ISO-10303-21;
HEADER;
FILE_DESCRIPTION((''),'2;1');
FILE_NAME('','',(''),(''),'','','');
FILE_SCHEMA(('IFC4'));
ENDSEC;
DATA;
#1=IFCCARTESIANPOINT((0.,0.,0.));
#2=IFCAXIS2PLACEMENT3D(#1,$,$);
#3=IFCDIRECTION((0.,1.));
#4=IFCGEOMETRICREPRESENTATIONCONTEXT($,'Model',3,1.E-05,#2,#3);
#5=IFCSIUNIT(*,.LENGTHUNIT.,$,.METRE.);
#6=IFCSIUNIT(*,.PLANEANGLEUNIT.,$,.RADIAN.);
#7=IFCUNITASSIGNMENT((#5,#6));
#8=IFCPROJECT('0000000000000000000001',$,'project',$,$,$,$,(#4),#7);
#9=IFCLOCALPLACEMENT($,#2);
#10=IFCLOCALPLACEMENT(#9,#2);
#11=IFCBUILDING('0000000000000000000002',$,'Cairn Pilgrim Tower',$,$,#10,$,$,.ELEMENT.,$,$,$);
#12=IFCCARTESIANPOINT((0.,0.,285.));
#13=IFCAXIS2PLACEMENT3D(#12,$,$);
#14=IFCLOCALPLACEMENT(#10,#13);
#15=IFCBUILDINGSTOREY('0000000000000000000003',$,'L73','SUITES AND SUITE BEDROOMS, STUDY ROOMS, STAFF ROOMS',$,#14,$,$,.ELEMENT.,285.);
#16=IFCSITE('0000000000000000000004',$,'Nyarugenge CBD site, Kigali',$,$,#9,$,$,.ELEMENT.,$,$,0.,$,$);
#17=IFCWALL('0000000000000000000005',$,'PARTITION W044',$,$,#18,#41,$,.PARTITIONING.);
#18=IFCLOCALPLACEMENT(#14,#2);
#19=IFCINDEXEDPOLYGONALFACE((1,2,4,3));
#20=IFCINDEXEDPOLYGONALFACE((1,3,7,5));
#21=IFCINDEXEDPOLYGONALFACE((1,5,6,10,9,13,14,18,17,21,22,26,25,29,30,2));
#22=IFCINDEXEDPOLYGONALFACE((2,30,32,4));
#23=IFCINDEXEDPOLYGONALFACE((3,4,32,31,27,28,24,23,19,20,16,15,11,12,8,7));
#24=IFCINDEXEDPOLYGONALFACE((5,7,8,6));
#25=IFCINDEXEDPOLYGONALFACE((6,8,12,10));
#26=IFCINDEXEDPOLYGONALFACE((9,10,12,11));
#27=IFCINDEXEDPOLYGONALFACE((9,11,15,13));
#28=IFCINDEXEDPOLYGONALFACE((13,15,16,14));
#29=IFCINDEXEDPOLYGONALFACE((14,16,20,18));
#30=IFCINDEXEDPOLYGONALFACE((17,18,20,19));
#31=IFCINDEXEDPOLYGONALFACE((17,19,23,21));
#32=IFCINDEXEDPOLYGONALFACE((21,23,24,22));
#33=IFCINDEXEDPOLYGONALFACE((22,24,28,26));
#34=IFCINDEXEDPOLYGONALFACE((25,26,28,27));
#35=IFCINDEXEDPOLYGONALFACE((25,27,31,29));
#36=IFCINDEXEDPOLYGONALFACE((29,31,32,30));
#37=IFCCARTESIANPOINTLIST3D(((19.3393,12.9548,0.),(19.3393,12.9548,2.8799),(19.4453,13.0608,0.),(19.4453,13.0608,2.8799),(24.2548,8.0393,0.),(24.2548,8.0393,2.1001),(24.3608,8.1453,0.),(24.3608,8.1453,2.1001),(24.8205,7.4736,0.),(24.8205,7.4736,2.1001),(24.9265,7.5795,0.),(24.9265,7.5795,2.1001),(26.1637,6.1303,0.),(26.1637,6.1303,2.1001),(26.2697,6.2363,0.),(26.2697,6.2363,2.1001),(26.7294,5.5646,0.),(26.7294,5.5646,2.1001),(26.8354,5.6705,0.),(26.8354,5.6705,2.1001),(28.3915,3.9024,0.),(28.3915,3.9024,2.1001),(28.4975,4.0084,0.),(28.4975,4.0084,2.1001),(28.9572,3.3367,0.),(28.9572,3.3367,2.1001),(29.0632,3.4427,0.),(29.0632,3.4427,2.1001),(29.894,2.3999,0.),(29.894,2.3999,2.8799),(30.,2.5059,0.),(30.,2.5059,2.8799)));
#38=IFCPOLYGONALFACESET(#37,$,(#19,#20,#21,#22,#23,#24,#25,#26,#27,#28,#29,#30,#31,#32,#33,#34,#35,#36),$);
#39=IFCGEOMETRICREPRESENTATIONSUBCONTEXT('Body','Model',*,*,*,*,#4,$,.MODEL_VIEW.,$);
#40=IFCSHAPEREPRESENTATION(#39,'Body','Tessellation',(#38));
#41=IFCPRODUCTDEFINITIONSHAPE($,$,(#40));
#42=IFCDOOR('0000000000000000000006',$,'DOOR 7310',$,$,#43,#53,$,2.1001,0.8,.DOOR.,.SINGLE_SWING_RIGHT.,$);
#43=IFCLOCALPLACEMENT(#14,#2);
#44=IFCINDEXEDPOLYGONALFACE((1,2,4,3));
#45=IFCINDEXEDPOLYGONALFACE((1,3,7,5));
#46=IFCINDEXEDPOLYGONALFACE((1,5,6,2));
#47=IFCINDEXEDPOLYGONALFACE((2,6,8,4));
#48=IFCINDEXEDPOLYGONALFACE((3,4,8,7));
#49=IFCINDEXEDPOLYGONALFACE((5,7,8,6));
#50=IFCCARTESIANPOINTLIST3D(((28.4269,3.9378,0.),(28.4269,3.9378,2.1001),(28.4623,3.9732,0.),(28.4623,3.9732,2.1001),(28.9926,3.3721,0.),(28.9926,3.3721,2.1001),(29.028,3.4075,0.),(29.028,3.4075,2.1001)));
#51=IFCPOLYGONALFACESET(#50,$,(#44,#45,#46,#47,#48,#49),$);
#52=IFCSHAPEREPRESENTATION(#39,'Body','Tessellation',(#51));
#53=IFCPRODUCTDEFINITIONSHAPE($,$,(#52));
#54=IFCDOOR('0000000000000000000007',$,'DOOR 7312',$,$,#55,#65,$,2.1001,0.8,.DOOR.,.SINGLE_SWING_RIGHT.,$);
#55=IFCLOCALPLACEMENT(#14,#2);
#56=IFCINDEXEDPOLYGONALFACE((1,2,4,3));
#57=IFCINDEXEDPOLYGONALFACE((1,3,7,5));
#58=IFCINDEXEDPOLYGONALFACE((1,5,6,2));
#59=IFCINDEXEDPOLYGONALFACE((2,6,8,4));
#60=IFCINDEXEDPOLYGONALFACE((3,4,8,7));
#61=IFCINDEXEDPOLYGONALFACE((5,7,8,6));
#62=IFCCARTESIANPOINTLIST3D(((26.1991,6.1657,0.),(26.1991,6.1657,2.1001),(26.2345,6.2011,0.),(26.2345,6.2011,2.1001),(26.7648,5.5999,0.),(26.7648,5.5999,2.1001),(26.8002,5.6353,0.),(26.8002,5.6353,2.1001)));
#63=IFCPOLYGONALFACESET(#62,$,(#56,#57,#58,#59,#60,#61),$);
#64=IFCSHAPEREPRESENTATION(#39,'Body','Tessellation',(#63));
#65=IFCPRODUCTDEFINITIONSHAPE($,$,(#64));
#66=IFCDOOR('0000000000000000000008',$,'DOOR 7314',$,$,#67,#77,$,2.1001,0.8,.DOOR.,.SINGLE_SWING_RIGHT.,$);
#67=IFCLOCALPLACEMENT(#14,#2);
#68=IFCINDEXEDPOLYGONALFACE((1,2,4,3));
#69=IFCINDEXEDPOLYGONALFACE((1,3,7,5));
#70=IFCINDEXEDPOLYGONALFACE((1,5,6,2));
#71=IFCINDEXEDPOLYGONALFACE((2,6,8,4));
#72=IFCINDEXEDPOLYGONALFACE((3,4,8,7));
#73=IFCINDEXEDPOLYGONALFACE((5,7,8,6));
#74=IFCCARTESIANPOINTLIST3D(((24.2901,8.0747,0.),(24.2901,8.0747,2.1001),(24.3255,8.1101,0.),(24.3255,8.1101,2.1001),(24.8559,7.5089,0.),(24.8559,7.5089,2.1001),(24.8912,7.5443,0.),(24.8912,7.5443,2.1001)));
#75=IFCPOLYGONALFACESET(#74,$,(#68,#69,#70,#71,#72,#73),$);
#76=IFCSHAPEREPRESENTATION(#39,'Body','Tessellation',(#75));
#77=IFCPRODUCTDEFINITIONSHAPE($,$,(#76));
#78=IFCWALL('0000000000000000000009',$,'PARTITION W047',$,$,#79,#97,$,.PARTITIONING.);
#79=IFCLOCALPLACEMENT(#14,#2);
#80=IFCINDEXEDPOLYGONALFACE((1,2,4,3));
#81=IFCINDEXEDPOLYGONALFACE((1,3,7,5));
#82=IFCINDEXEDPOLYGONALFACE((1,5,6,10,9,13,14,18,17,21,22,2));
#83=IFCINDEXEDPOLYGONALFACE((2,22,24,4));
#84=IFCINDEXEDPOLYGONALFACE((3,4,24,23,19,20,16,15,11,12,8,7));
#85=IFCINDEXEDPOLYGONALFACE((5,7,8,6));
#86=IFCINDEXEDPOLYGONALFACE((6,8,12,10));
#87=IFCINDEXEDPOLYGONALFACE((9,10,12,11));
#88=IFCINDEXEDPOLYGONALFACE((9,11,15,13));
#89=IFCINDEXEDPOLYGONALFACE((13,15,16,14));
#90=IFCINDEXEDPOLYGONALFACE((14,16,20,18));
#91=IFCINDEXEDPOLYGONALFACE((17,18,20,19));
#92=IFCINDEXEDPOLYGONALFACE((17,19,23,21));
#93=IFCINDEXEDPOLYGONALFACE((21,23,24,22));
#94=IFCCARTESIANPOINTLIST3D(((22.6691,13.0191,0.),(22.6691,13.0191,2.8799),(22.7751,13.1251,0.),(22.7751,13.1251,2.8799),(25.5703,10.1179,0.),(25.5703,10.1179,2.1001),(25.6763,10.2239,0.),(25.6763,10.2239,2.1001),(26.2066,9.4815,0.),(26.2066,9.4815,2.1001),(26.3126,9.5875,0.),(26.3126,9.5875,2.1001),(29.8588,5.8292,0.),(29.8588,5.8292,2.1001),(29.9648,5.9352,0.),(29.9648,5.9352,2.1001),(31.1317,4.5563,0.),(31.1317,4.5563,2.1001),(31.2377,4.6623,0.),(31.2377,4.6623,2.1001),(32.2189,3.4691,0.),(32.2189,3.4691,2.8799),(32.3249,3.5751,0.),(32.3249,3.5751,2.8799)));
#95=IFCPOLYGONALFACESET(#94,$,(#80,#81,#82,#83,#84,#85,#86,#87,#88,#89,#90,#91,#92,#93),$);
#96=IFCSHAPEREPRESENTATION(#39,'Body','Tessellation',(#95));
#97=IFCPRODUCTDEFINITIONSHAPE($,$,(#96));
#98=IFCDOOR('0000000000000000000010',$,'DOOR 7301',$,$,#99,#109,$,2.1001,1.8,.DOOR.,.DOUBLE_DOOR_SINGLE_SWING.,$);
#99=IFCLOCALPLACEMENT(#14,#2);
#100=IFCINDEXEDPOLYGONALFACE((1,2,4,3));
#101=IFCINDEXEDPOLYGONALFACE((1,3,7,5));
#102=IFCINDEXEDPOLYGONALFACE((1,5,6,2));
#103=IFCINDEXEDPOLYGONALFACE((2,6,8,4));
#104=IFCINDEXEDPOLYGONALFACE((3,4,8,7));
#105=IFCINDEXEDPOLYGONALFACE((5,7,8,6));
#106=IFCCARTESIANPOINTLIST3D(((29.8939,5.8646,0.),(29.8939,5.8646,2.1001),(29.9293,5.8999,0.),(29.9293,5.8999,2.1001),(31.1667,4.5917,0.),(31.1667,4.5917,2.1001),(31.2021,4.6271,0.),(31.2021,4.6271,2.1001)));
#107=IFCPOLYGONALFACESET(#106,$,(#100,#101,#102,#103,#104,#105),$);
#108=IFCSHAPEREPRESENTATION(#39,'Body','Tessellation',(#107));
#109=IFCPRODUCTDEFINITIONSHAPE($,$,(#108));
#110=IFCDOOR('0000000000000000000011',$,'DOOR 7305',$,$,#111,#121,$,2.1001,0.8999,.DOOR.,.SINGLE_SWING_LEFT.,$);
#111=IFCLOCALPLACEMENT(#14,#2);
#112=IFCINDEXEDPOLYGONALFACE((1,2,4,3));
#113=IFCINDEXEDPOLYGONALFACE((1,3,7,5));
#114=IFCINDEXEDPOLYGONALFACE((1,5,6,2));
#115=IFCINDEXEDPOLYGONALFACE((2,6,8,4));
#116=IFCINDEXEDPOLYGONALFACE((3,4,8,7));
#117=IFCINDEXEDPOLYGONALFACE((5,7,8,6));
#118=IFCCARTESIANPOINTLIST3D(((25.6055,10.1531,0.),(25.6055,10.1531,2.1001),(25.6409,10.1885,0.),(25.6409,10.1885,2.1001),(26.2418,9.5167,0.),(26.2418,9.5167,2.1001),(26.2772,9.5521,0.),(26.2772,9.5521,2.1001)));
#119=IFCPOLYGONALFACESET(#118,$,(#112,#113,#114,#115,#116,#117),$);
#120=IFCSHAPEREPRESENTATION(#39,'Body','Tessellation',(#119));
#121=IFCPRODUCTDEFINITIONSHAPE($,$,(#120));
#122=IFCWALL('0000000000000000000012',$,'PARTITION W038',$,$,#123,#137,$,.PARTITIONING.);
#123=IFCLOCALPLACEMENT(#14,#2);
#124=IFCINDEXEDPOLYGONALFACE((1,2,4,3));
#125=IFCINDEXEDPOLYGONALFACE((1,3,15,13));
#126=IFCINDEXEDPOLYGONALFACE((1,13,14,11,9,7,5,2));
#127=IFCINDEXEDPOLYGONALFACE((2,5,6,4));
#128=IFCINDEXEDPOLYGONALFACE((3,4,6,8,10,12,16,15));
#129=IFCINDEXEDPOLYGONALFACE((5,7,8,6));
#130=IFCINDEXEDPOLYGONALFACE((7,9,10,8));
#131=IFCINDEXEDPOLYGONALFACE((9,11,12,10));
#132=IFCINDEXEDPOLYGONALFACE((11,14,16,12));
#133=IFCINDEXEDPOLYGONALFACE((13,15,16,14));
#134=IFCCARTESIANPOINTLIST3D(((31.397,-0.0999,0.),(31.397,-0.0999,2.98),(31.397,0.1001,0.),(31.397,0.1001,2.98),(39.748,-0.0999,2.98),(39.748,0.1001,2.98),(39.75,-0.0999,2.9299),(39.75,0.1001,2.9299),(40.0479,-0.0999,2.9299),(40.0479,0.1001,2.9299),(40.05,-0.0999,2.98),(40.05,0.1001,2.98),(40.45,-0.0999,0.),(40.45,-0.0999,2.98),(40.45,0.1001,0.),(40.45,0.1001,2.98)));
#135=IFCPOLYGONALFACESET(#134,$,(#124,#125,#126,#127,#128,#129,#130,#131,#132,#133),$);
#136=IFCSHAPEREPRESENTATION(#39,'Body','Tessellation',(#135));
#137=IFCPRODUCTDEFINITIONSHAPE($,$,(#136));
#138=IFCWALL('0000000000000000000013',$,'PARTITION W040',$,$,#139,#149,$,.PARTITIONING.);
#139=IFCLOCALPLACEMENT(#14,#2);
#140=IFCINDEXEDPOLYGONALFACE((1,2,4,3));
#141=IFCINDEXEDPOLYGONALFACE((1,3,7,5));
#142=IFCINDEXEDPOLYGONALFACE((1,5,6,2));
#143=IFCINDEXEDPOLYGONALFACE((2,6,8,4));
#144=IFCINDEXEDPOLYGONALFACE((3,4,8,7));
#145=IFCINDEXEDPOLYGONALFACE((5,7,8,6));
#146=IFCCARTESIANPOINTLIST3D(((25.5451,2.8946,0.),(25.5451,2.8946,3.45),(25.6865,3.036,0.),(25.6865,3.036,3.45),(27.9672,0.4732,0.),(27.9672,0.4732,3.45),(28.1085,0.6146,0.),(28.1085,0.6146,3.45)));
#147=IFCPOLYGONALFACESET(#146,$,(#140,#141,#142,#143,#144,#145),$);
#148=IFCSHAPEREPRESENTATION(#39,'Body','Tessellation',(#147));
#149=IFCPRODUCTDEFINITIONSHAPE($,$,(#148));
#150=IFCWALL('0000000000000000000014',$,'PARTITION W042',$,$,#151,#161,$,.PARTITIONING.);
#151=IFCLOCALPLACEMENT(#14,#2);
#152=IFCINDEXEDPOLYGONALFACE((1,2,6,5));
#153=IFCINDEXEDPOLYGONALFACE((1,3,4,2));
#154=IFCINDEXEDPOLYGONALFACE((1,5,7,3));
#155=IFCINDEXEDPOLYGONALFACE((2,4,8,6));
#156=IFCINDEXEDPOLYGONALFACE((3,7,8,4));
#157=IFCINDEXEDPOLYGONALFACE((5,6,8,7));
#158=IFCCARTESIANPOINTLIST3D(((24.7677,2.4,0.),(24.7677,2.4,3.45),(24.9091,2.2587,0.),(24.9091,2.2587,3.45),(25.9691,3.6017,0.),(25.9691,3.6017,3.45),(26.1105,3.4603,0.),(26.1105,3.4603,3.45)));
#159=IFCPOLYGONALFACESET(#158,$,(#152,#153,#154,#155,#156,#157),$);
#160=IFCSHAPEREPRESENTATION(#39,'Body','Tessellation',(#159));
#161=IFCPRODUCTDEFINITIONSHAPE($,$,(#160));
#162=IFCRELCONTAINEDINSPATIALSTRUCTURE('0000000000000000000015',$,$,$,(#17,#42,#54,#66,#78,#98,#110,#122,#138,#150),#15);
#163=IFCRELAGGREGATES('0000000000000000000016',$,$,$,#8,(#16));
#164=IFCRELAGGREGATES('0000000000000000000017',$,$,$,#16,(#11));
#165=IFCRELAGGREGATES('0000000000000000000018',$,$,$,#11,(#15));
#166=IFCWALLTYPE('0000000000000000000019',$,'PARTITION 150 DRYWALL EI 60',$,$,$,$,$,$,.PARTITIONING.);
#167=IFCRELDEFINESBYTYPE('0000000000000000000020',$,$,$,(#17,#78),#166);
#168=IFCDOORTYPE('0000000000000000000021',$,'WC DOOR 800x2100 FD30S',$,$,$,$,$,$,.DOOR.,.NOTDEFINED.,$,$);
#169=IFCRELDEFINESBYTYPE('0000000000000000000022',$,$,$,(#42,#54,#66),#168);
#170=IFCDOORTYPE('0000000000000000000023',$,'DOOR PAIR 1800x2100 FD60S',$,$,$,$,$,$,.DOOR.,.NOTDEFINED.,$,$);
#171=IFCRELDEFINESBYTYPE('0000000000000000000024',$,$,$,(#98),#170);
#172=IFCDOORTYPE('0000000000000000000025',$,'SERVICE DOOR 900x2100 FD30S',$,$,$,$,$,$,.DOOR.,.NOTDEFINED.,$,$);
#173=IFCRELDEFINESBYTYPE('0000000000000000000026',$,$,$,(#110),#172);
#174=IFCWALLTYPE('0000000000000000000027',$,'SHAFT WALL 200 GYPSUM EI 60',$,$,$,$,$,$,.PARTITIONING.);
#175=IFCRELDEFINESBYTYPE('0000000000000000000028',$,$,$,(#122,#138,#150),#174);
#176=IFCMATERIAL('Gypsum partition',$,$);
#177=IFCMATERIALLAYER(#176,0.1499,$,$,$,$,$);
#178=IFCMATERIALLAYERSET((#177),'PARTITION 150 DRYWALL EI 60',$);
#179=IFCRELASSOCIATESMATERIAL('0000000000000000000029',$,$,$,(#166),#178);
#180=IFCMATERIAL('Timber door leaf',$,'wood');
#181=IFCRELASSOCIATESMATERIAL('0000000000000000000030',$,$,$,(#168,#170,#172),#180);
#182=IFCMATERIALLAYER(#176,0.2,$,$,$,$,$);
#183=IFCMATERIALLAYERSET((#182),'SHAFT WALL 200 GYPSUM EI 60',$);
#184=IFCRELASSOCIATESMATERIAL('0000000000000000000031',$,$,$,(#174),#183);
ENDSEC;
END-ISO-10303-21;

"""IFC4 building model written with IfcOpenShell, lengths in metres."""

from ifc_helpers import new_model, si_unit, direction, frame, frame_2d, origin, place, context, subcontext, project, spatial, polyline, rectangle, outline, extrude, material, layer, layer_set, type_object, element, fill, save


model = new_model("IFC4")

# Units and contexts
model_context = context("Model", 3, precision=1e-05, world=origin(), true_north=direction((0.0, 1.0)))
body_context = subcontext(model_context, "Body", "Model", "MODEL_VIEW")
ifc_project = project(units=[si_unit("LENGTHUNIT", "METRE"), si_unit("PLANEANGLEUNIT", "RADIAN")], contexts=[model_context])

# Site, building, storey
site_placement = place(None, origin())
site = spatial("IfcSite", under=ifc_project, at=site_placement, Name="Nyarugenge CBD site, Kigali", CompositionType="ELEMENT", RefElevation=0.0)
building_placement = place(site_placement, origin())
building = spatial("IfcBuilding", under=site, at=building_placement, Name="Cairn Pilgrim Tower", CompositionType="ELEMENT")
storey_placement = place(building_placement, frame((0.0, 0.0, 285.0)))
storey = spatial("IfcBuildingStorey", under=building, at=storey_placement, Name="L73", Description="SUITES AND SUITE BEDROOMS, STUDY ROOMS, STAFF ROOMS", CompositionType="ELEMENT", Elevation=285.0)

# Shared definitions
ifc_material_1 = material(Name="Gypsum partition")
ifc_layer_1 = layer(ifc_material_1, 0.1499)
ifc_layer_set_1 = layer_set([ifc_layer_1], Name="PARTITION 150 DRYWALL EI 60")
wall_type_1 = type_object("IfcWallType", Name="PARTITION 150 DRYWALL EI 60", PredefinedType="PARTITIONING", material=ifc_layer_set_1)

# Walls, openings, doors
wall_1_placement = place(storey_placement, frame((29.947, 2.4529, 0.0), z_axis=(0.0, 0.0, 1.0), x_axis=(-0.707099, 0.707115, 0.0)))
wall_1 = element("IfcWall", 1, at=wall_1_placement, inside=storey, type_object=wall_type_1, Name="PARTITION W044", PredefinedType="PARTITIONING", context=body_context, shape_type="SweptSolid", body=[
    extrude(rectangle(XDim=14.9268, YDim=0.1499, at=frame_2d((7.4634, 0.0))), origin(), (0.0, 0.0, 1.0), 2.8799),
])
opening_1_placement = place(wall_1_placement, frame((1.325, 0.0, 0.0)))
opening_1 = element("IfcOpeningElement", 2, at=opening_1_placement, cuts=wall_1, PredefinedType="OPENING", context=body_context, shape_type="SweptSolid", body=[
    extrude(rectangle(XDim=0.8, YDim=2.1001, at=frame_2d((0.3999, 1.05))), frame((0.0, 0.085, 0.0), z_axis=(0.0, -1.0, 0.0), x_axis=(1.0, 0.0, 0.0)), (0.0, 0.0, 1.0), 0.1699),
])
opening_2_placement = place(wall_1_placement, frame((4.4756, 0.0, 0.0)))
opening_2 = element("IfcOpeningElement", 3, at=opening_2_placement, cuts=wall_1, PredefinedType="OPENING", context=body_context, shape_type="SweptSolid", body=[
    extrude(rectangle(XDim=0.8, YDim=2.1001, at=frame_2d((0.3999, 1.05))), frame((0.0, 0.085, 0.0), z_axis=(0.0, -1.0, 0.0), x_axis=(1.0, 0.0, 0.0)), (0.0, 0.0, 1.0), 0.1699),
])
opening_3_placement = place(wall_1_placement, frame((7.1753, 0.0, 0.0)))
opening_3 = element("IfcOpeningElement", 4, at=opening_3_placement, cuts=wall_1, PredefinedType="OPENING", context=body_context, shape_type="SweptSolid", body=[
    extrude(rectangle(XDim=0.8, YDim=2.1001, at=frame_2d((0.3999, 1.05))), frame((0.0, 0.085, 0.0), z_axis=(0.0, -1.0, 0.0), x_axis=(1.0, 0.0, 0.0)), (0.0, 0.0, 1.0), 0.1699),
])
ifc_material_2 = material(Name="Timber door leaf", Category="wood")
door_type_1 = type_object("IfcDoorType", Name="WC DOOR 800x2100 FD30S", OperationType="NOTDEFINED", PredefinedType="DOOR", material=ifc_material_2)
door_1_placement = place(opening_1_placement, origin())
door_1 = element("IfcDoor", 5, at=door_1_placement, inside=storey, type_object=door_type_1, Name="DOOR 7310", OperationType="SINGLE_SWING_RIGHT", OverallHeight=2.1001, OverallWidth=0.8, PredefinedType="DOOR", context=body_context, shape_type="SweptSolid", body=[
    extrude(rectangle(XDim=0.8, YDim=2.1001, at=frame_2d((0.3999, 1.05))), frame((0.0, 0.0249, 0.0), z_axis=(0.0, -1.0, 0.0), x_axis=(1.0, 0.0, 0.0)), (0.0, 0.0, 1.0), 0.05),
])
fill(opening_1, door_1)
door_2_placement = place(opening_2_placement, origin())
door_2 = element("IfcDoor", 6, at=door_2_placement, inside=storey, type_object=door_type_1, Name="DOOR 7312", OperationType="SINGLE_SWING_RIGHT", OverallHeight=2.1001, OverallWidth=0.8, PredefinedType="DOOR", context=body_context, shape_type="SweptSolid", body=[
    extrude(rectangle(XDim=0.8, YDim=2.1001, at=frame_2d((0.3999, 1.05))), frame((0.0, 0.0249, 0.0), z_axis=(0.0, -1.0, 0.0), x_axis=(1.0, 0.0, 0.0)), (0.0, 0.0, 1.0), 0.05),
])
fill(opening_2, door_2)
door_3_placement = place(opening_3_placement, origin())
door_3 = element("IfcDoor", 7, at=door_3_placement, inside=storey, type_object=door_type_1, Name="DOOR 7314", OperationType="SINGLE_SWING_RIGHT", OverallHeight=2.1001, OverallWidth=0.8, PredefinedType="DOOR", context=body_context, shape_type="SweptSolid", body=[
    extrude(rectangle(XDim=0.8, YDim=2.1001, at=frame_2d((0.3999, 1.05))), frame((0.0, 0.0249, 0.0), z_axis=(0.0, -1.0, 0.0), x_axis=(1.0, 0.0, 0.0)), (0.0, 0.0, 1.0), 0.05),
])
fill(opening_3, door_3)
wall_2_placement = place(storey_placement, frame((32.272, 3.522, 0.0), z_axis=(0.0, 0.0, 1.0), x_axis=(-0.707098, 0.707116, 0.0)))
wall_2 = element("IfcWall", 8, at=wall_2_placement, inside=storey, type_object=wall_type_1, Name="PARTITION W047", PredefinedType="PARTITIONING", context=body_context, shape_type="SweptSolid", body=[
    extrude(rectangle(XDim=13.5056, YDim=0.1499, at=frame_2d((6.7529, 0.0))), origin(), (0.0, 0.0, 1.0), 2.8799),
])
opening_4_placement = place(wall_2_placement, frame((1.5378, 0.0, 0.0)))
opening_4 = element("IfcOpeningElement", 9, at=opening_4_placement, cuts=wall_2, PredefinedType="OPENING", context=body_context, shape_type="SweptSolid", body=[
    extrude(rectangle(XDim=1.8, YDim=2.1001, at=frame_2d((0.8999, 1.05))), frame((0.0, 0.085, 0.0), z_axis=(0.0, -1.0, 0.0), x_axis=(1.0, 0.0, 0.0)), (0.0, 0.0, 1.0), 0.1699),
])
opening_5_placement = place(wall_2_placement, frame((8.5029, 0.0, 0.0)))
opening_5 = element("IfcOpeningElement", 10, at=opening_5_placement, cuts=wall_2, PredefinedType="OPENING", context=body_context, shape_type="SweptSolid", body=[
    extrude(rectangle(XDim=0.8999, YDim=2.1001, at=frame_2d((0.45, 1.05))), frame((0.0, 0.085, 0.0), z_axis=(0.0, -1.0, 0.0), x_axis=(1.0, 0.0, 0.0)), (0.0, 0.0, 1.0), 0.1699),
])
door_type_2 = type_object("IfcDoorType", Name="DOOR PAIR 1800x2100 FD60S", OperationType="NOTDEFINED", PredefinedType="DOOR", material=ifc_material_2)
door_4_placement = place(opening_4_placement, frame((1.8, 0.0, 0.0), z_axis=(0.0, 0.0, 1.0), x_axis=(-1.0, 0.0, 0.0)))
door_4 = element("IfcDoor", 11, at=door_4_placement, inside=storey, type_object=door_type_2, Name="DOOR 7301", OperationType="DOUBLE_DOOR_SINGLE_SWING", OverallHeight=2.1001, OverallWidth=1.8, PredefinedType="DOOR", context=body_context, shape_type="SweptSolid", body=[
    extrude(rectangle(XDim=1.8, YDim=2.1001, at=frame_2d((0.8999, 1.05))), frame((0.0, 0.0249, 0.0), z_axis=(0.0, -1.0, 0.0), x_axis=(1.0, 0.0, 0.0)), (0.0, 0.0, 1.0), 0.05),
])
fill(opening_4, door_4)
door_type_3 = type_object("IfcDoorType", Name="SERVICE DOOR 900x2100 FD30S", OperationType="NOTDEFINED", PredefinedType="DOOR", material=ifc_material_2)
door_5_placement = place(opening_5_placement, frame((0.8999, 0.0, 0.0), z_axis=(0.0, 0.0, 1.0), x_axis=(-1.0, 0.0, 0.0)))
door_5 = element("IfcDoor", 12, at=door_5_placement, inside=storey, type_object=door_type_3, Name="DOOR 7305", OperationType="SINGLE_SWING_LEFT", OverallHeight=2.1001, OverallWidth=0.8999, PredefinedType="DOOR", context=body_context, shape_type="SweptSolid", body=[
    extrude(rectangle(XDim=0.8999, YDim=2.1001, at=frame_2d((0.45, 1.05))), frame((0.0, 0.0249, 0.0), z_axis=(0.0, -1.0, 0.0), x_axis=(1.0, 0.0, 0.0)), (0.0, 0.0, 1.0), 0.05),
])
fill(opening_5, door_5)

# Walls
ifc_layer_2 = layer(ifc_material_1, 0.2)
ifc_layer_set_2 = layer_set([ifc_layer_2], Name="SHAFT WALL 200 GYPSUM EI 60")
wall_type_2 = type_object("IfcWallType", Name="SHAFT WALL 200 GYPSUM EI 60", PredefinedType="PARTITIONING", material=ifc_layer_set_2)
wall_3_placement = place(storey_placement, frame((31.397, 0.0, 0.0), z_axis=(0.0, 0.0, 1.0), x_axis=(1.0, 0.0, 0.0)))
element("IfcWall", 13, at=wall_3_placement, inside=storey, type_object=wall_type_2, Name="PARTITION W038", PredefinedType="PARTITIONING", context=body_context, shape_type="SweptSolid", body=[
    extrude(outline(polyline([(0.0, 0.0), (9.053, 0.0), (9.053, 2.98), (8.6531, 2.98), (8.6509, 2.9299), (8.353, 2.9299), (8.3511, 2.98), (0.0, 2.98), (0.0, 0.0)])), frame((0.0, 0.1001, 0.0), z_axis=(0.0, -1.0, 0.0), x_axis=(1.0, 0.0, 0.0)), (0.0, 0.0, 1.0), 0.2),
])
wall_4_placement = place(storey_placement, frame((28.0378, 0.5439, 0.0), z_axis=(0.0, 0.0, 1.0), x_axis=(-0.707214, 0.707, 0.0)))
element("IfcWall", 14, at=wall_4_placement, inside=storey, type_object=wall_type_2, Name="PARTITION W040", PredefinedType="PARTITIONING", context=body_context, shape_type="SweptSolid", body=[
    extrude(rectangle(XDim=3.4248, YDim=0.2, at=frame_2d((1.7124, 0.0))), origin(), (0.0, 0.0, 1.0), 3.45),
])
wall_5_placement = place(storey_placement, frame((24.8384, 2.3293, 0.0), z_axis=(0.0, 0.0, 1.0), x_axis=(0.707035, 0.707179, 0.0)))
element("IfcWall", 15, at=wall_5_placement, inside=storey, type_object=wall_type_2, Name="PARTITION W042", PredefinedType="PARTITIONING", context=body_context, shape_type="SweptSolid", body=[
    extrude(rectangle(XDim=1.6992, YDim=0.2, at=frame_2d((0.8496, 0.0))), origin(), (0.0, 0.0, 1.0), 3.45),
])

save(model, "model.ifc")
